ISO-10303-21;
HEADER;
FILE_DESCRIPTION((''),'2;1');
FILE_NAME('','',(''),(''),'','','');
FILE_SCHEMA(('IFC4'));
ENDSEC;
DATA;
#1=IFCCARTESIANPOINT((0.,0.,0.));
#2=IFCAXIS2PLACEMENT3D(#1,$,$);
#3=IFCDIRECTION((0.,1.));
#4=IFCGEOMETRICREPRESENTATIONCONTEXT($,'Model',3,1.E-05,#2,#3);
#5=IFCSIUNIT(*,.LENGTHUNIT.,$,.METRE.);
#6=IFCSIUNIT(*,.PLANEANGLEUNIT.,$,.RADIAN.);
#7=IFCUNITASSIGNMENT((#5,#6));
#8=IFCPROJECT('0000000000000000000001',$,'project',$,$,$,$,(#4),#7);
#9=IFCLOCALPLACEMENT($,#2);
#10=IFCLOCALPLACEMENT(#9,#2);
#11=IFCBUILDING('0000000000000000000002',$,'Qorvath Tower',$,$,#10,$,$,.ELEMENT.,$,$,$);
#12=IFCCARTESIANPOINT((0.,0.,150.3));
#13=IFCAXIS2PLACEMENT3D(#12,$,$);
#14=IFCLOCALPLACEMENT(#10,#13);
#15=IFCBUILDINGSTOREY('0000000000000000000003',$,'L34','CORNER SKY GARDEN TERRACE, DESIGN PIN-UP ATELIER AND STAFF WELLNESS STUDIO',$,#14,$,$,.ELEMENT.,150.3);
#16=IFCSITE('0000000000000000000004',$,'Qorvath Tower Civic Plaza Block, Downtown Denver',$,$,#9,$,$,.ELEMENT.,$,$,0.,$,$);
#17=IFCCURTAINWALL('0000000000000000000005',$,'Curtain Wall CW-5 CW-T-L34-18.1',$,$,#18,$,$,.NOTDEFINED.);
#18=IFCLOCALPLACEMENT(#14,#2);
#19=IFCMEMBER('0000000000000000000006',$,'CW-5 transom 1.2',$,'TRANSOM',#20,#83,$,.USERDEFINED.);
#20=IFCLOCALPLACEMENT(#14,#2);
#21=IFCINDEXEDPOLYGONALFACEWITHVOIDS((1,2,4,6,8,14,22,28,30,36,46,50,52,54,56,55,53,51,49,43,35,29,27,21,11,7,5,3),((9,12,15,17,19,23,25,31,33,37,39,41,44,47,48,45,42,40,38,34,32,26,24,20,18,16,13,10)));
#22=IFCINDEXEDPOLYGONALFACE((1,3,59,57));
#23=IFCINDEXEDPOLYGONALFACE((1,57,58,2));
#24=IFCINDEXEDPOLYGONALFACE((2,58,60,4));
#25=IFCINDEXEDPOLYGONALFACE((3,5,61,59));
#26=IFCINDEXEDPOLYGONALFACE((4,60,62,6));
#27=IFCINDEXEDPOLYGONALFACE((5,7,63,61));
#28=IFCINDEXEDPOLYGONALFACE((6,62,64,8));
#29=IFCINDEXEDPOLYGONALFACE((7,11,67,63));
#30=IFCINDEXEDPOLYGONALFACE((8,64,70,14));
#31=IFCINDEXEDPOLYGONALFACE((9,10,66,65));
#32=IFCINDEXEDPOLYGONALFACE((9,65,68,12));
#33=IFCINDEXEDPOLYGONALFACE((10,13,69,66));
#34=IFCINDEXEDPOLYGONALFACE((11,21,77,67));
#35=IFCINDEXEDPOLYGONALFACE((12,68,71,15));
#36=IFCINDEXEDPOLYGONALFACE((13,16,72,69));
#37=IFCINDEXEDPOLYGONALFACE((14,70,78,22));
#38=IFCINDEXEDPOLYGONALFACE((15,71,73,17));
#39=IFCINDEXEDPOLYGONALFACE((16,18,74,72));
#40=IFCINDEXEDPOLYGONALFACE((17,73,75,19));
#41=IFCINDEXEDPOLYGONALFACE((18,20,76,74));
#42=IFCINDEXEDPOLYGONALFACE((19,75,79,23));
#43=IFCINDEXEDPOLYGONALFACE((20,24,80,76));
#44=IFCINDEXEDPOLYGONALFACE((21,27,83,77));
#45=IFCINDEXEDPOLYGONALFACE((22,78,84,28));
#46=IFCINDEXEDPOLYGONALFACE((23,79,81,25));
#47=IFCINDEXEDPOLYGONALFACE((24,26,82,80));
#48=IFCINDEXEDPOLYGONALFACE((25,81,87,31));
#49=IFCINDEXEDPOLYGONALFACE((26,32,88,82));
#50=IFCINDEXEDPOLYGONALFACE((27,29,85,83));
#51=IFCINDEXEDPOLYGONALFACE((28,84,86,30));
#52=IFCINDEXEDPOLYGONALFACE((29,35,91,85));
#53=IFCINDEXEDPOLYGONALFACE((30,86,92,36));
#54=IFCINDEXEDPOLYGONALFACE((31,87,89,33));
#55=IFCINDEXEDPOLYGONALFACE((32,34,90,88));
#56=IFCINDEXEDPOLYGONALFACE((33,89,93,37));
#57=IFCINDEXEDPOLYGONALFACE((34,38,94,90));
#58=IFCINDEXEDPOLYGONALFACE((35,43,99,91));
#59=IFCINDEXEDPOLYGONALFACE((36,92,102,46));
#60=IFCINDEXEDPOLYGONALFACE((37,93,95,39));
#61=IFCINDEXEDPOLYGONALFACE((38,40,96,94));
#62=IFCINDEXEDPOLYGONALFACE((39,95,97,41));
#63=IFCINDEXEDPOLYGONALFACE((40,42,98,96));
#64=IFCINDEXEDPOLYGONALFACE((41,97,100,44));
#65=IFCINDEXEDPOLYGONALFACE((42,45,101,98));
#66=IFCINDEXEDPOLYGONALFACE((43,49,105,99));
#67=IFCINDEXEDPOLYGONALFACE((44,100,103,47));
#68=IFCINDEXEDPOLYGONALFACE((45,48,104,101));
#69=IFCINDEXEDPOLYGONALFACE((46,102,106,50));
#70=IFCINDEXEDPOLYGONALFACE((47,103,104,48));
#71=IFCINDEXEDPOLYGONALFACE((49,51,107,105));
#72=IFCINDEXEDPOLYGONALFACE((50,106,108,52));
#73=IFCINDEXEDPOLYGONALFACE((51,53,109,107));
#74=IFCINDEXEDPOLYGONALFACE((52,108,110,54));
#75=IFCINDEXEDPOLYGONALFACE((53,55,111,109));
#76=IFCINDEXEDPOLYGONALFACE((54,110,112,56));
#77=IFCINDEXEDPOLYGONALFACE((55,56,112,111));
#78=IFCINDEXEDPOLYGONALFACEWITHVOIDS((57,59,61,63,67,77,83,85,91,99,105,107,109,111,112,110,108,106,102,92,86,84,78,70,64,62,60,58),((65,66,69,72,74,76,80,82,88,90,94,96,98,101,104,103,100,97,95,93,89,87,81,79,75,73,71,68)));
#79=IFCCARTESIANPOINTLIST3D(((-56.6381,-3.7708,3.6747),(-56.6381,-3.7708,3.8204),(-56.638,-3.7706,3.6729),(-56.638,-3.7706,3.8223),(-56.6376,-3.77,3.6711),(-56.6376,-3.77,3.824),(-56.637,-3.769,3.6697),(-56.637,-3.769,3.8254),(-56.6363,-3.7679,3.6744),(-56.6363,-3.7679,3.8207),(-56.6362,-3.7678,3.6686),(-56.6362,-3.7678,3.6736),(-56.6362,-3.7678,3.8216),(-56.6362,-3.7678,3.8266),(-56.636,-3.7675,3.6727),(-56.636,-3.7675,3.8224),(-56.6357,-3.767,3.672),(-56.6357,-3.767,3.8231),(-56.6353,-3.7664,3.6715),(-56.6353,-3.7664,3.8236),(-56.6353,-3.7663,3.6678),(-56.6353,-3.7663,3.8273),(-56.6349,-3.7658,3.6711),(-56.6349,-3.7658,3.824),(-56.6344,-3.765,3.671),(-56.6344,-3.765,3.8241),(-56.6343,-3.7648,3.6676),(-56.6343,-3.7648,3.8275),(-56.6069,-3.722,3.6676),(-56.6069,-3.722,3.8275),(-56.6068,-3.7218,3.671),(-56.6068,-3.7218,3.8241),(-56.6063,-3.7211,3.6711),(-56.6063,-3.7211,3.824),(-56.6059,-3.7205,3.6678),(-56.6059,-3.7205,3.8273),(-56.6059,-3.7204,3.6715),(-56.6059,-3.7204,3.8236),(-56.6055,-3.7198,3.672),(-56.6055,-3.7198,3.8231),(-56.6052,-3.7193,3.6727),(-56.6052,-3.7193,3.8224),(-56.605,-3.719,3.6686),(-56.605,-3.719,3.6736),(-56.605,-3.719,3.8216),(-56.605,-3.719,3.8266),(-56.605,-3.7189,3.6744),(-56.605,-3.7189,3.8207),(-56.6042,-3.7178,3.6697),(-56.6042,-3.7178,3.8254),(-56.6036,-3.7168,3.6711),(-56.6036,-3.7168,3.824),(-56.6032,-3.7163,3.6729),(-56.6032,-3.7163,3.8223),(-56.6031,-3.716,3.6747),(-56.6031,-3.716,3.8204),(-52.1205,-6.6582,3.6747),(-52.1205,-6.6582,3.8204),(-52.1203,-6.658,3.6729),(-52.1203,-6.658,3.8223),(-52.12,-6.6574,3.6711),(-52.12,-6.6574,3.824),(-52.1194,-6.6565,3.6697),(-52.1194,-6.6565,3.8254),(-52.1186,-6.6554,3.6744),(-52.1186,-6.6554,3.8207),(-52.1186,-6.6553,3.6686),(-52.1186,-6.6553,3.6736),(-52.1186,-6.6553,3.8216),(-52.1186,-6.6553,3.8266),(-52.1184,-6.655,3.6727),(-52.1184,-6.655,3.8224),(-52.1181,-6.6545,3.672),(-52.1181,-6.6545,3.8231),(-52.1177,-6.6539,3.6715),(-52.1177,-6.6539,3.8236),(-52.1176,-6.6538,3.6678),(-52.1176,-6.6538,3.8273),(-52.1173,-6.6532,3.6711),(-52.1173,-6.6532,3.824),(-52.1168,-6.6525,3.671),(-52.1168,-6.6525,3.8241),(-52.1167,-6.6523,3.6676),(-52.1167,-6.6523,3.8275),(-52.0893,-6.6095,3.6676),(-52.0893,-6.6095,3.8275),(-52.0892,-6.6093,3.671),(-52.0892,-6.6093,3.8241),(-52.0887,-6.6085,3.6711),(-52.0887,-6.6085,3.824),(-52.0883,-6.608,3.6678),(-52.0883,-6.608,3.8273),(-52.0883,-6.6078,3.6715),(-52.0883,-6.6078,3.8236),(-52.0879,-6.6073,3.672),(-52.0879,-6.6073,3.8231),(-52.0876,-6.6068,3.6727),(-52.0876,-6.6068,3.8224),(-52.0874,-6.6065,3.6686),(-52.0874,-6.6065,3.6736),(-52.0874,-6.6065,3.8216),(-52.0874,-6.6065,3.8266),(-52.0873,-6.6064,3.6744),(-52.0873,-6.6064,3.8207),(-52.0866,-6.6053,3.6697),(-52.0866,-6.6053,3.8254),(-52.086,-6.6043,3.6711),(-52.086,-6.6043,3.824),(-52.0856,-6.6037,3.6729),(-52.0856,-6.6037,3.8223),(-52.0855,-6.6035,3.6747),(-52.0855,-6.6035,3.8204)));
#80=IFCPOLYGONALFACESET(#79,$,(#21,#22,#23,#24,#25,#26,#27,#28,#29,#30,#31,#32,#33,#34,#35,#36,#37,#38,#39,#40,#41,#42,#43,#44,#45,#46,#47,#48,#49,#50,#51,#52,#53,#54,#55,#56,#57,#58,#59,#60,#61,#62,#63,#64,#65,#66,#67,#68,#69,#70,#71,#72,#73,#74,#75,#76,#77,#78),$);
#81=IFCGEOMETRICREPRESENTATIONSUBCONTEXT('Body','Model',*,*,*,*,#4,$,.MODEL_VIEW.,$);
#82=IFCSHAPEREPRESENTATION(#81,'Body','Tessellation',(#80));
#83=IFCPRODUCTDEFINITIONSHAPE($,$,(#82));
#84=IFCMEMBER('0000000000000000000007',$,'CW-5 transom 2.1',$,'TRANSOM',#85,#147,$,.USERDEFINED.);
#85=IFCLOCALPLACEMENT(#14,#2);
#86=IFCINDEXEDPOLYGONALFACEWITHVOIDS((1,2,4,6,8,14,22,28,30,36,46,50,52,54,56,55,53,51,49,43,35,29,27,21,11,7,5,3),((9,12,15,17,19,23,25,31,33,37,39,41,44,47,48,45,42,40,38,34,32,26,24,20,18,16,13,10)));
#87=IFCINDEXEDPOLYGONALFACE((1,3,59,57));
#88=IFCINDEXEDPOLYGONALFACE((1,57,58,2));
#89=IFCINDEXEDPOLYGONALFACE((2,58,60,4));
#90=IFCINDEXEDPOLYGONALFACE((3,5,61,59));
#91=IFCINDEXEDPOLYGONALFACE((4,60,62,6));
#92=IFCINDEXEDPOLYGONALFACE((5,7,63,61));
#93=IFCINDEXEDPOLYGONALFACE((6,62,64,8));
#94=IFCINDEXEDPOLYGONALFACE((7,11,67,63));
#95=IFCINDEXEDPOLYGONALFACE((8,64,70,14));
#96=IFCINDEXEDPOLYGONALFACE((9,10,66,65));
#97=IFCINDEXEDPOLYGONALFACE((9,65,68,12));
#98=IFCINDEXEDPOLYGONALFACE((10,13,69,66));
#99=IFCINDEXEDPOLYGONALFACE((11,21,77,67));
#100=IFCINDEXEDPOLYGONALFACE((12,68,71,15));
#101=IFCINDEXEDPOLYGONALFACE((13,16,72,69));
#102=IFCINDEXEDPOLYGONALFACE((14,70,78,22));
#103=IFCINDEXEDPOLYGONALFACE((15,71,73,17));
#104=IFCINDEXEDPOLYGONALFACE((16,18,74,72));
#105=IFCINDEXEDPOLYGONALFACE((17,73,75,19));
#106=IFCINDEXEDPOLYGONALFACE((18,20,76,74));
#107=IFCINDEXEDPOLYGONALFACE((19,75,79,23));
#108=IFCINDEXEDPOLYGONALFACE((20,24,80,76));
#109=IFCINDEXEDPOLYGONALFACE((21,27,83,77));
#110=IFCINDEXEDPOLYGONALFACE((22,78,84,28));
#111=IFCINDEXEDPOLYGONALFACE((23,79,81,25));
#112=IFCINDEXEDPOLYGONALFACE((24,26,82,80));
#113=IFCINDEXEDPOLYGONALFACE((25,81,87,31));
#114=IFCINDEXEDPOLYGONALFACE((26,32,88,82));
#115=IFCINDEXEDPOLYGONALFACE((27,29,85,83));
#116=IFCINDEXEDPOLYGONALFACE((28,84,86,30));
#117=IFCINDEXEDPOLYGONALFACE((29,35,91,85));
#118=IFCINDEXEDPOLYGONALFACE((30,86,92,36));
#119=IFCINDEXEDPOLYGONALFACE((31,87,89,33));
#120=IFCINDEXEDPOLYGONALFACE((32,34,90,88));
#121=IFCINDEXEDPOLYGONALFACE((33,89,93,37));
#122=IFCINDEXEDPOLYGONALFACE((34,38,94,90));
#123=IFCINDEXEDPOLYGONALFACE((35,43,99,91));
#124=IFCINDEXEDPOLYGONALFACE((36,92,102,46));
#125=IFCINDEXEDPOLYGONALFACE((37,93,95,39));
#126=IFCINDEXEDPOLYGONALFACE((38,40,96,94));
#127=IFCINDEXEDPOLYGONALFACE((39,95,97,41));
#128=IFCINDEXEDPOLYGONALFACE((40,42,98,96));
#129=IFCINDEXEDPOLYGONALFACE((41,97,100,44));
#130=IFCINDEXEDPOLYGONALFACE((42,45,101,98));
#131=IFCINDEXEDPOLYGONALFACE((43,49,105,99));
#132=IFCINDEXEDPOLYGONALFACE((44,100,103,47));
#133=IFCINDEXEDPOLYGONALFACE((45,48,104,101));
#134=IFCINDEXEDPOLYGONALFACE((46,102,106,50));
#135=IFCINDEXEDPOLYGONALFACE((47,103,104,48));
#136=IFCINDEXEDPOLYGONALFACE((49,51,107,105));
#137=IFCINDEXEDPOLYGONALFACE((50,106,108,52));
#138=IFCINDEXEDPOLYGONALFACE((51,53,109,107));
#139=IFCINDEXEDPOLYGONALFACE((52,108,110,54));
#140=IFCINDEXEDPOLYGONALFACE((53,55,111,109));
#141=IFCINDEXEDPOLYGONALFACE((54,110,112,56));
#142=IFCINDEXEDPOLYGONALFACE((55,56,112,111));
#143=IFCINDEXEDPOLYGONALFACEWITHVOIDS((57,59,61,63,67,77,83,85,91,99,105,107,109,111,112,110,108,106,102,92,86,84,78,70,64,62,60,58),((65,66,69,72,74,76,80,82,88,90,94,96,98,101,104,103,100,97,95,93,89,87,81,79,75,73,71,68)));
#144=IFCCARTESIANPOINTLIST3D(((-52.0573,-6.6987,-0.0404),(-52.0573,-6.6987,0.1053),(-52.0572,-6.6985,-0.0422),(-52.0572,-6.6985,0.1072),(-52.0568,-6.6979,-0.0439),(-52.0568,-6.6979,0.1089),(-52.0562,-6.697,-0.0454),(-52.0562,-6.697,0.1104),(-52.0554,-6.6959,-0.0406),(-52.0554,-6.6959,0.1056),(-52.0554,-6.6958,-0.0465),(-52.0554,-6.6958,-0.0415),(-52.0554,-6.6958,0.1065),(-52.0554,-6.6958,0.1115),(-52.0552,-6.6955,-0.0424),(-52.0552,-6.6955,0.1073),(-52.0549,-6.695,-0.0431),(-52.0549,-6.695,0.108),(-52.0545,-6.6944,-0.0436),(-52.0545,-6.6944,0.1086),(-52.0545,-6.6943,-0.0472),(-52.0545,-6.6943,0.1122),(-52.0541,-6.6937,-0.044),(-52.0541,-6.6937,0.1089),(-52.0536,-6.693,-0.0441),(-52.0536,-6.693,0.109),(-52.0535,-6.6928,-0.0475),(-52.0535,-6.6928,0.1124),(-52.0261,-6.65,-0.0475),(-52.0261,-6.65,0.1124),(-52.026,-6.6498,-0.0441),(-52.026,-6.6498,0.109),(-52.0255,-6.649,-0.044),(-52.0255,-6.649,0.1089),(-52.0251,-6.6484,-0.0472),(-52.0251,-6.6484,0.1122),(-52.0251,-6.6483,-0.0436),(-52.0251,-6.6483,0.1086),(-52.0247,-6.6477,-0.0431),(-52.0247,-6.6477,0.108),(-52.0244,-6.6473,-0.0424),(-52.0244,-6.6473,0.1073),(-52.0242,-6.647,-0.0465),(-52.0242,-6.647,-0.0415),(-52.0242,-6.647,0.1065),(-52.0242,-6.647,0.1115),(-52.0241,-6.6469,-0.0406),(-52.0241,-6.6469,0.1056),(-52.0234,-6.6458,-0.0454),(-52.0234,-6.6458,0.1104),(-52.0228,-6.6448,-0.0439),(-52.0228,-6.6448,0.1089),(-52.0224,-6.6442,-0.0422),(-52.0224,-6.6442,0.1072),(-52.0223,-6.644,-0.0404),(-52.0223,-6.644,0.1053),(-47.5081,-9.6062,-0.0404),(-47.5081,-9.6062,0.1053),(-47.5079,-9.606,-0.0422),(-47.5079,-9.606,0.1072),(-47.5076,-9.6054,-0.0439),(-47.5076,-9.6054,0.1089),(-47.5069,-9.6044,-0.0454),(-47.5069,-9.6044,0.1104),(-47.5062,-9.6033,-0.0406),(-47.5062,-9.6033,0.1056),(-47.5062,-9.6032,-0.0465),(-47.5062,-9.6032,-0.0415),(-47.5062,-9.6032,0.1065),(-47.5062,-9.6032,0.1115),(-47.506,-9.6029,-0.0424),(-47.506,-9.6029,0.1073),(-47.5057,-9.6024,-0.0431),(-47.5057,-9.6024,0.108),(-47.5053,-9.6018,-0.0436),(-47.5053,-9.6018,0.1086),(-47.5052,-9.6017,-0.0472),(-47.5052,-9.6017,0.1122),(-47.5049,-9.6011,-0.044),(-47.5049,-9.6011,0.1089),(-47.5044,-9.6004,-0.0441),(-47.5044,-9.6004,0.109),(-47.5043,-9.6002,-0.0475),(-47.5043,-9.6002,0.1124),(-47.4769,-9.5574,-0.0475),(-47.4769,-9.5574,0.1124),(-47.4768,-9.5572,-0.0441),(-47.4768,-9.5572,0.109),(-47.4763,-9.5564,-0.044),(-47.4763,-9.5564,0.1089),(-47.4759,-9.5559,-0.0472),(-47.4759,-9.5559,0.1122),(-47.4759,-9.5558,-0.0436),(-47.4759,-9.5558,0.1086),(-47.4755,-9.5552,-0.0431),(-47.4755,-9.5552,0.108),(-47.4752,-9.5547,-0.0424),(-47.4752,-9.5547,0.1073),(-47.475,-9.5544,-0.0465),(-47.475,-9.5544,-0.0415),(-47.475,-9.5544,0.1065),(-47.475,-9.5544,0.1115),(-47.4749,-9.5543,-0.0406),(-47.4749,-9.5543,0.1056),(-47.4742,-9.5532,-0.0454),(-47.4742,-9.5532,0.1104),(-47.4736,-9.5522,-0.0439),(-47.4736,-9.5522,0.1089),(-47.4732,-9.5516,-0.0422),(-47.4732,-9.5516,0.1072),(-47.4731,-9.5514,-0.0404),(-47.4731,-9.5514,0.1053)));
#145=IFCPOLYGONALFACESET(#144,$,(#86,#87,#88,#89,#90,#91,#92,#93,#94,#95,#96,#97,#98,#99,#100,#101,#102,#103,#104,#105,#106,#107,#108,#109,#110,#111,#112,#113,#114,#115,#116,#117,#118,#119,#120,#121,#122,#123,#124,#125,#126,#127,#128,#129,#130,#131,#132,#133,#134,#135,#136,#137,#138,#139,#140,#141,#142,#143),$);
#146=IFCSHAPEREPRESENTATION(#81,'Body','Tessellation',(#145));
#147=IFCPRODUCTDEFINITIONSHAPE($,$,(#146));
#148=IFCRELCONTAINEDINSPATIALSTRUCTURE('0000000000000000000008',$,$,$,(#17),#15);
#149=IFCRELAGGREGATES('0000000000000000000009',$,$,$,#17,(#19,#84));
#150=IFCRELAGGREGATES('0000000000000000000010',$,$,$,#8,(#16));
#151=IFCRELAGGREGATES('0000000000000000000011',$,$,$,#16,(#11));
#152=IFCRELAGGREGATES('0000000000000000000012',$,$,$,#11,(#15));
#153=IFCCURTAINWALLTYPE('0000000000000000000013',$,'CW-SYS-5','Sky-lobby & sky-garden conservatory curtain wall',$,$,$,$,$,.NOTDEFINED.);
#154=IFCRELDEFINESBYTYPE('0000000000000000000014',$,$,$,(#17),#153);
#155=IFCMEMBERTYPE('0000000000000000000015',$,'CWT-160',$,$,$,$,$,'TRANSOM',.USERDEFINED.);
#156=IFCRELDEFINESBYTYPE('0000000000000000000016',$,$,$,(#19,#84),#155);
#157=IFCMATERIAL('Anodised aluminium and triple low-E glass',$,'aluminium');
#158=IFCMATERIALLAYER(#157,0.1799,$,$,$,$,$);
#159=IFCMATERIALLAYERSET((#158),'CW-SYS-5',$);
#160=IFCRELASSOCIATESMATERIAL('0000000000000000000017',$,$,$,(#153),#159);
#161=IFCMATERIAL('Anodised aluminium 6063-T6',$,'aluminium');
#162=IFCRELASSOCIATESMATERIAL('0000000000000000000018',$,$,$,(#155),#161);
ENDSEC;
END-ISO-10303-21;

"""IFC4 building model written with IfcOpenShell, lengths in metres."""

from ifc_helpers import new_model, si_unit, direction, frame, origin, origin_2d, place, context, subcontext, project, spatial, hollow_rectangle, extrude, material, layer, layer_set, material_profile, profile_set, type_object, element, aggregate, save


model = new_model("IFC4")

# Units and contexts
model_context = context("Model", 3, precision=1e-05, world=origin(), true_north=direction((0.0, 1.0)))
body_context = subcontext(model_context, "Body", "Model", "MODEL_VIEW")
ifc_project = project(units=[si_unit("LENGTHUNIT", "METRE"), si_unit("PLANEANGLEUNIT", "RADIAN")], contexts=[model_context])

# Site, building, storey
site_placement = place(None, origin())
site = spatial("IfcSite", under=ifc_project, at=site_placement, Name="Qorvath Tower Civic Plaza Block, Downtown Denver", CompositionType="ELEMENT", RefElevation=0.0)
building_placement = place(site_placement, origin())
building = spatial("IfcBuilding", under=site, at=building_placement, Name="Qorvath Tower", CompositionType="ELEMENT")
storey_placement = place(building_placement, frame((0.0, 0.0, 150.3)))
storey = spatial("IfcBuildingStorey", under=building, at=storey_placement, Name="L34", Description="CORNER SKY GARDEN TERRACE, DESIGN PIN-UP ATELIER AND STAFF WELLNESS STUDIO", CompositionType="ELEMENT", Elevation=150.3)

# Shared definitions
ifc_material_1 = material(Name="Anodised aluminium and triple low-E glass", Category="aluminium")
ifc_layer_1 = layer(ifc_material_1, 0.1799)
ifc_layer_set_1 = layer_set([ifc_layer_1], Name="CW-SYS-5")
curtain_wall_type = type_object("IfcCurtainWallType", Name="CW-SYS-5", Description="Sky-lobby & sky-garden conservatory curtain wall", PredefinedType="NOTDEFINED", material=ifc_layer_set_1)

# Curtain wall, members
curtain_wall_1_placement = place(storey_placement, origin())
curtain_wall_1 = element("IfcCurtainWall", 1, at=curtain_wall_1_placement, inside=storey, type_object=curtain_wall_type, Name="Curtain Wall CW-5 CW-T-L34-18.1", PredefinedType="NOTDEFINED")
ifc_material_2 = material(Name="Anodised aluminium 6063-T6", Category="aluminium")
ifc_material_profile_1 = material_profile(ifc_material_2, hollow_rectangle(XDim=0.0649, YDim=0.1599, WallThickness=0.0034, InnerFilletRadius=0.0034, OuterFilletRadius=0.0071, at=origin_2d()), Name="CWT 160x65")
ifc_profile_set_1 = profile_set([ifc_material_profile_1], Name="Anodised aluminium 6063-T6")
member_type_1 = type_object("IfcMemberType", Name="CWT-160", ElementType="TRANSOM", PredefinedType="USERDEFINED", material=ifc_profile_set_1)
member_1_placement = place(storey_placement, frame((-56.6206, -3.7434, 3.7476), z_axis=(0.842593, -0.538551, 0.0), x_axis=(0.538551, 0.842593, 0.0)))
member_1 = element("IfcMember", 2, at=member_1_placement, type_object=member_type_1, Name="CW-5 transom 1.2", ObjectType="TRANSOM", PredefinedType="USERDEFINED", context=body_context, shape_type="SweptSolid", body=[
    extrude(hollow_rectangle(XDim=0.0649, YDim=0.1599, WallThickness=0.0034, InnerFilletRadius=0.0034, OuterFilletRadius=0.0071, at=origin_2d()), origin(), (0.0, 0.0, 1.0), 5.3616),
])
member_2_placement = place(storey_placement, frame((-52.0398, -6.6714, 0.0325), z_axis=(0.842615, -0.538516, 0.0), x_axis=(0.538516, 0.842615, 0.0)))
member_2 = element("IfcMember", 3, at=member_2_placement, type_object=member_type_1, Name="CW-5 transom 2.1", ObjectType="TRANSOM", PredefinedType="USERDEFINED", context=body_context, shape_type="SweptSolid", body=[
    extrude(hollow_rectangle(XDim=0.0649, YDim=0.1599, WallThickness=0.0034, InnerFilletRadius=0.0034, OuterFilletRadius=0.0071, at=origin_2d()), origin(), (0.0, 0.0, 1.0), 5.3989),
])

aggregate(curtain_wall_1, [member_1, member_2])

save(model, "model.ifc")
